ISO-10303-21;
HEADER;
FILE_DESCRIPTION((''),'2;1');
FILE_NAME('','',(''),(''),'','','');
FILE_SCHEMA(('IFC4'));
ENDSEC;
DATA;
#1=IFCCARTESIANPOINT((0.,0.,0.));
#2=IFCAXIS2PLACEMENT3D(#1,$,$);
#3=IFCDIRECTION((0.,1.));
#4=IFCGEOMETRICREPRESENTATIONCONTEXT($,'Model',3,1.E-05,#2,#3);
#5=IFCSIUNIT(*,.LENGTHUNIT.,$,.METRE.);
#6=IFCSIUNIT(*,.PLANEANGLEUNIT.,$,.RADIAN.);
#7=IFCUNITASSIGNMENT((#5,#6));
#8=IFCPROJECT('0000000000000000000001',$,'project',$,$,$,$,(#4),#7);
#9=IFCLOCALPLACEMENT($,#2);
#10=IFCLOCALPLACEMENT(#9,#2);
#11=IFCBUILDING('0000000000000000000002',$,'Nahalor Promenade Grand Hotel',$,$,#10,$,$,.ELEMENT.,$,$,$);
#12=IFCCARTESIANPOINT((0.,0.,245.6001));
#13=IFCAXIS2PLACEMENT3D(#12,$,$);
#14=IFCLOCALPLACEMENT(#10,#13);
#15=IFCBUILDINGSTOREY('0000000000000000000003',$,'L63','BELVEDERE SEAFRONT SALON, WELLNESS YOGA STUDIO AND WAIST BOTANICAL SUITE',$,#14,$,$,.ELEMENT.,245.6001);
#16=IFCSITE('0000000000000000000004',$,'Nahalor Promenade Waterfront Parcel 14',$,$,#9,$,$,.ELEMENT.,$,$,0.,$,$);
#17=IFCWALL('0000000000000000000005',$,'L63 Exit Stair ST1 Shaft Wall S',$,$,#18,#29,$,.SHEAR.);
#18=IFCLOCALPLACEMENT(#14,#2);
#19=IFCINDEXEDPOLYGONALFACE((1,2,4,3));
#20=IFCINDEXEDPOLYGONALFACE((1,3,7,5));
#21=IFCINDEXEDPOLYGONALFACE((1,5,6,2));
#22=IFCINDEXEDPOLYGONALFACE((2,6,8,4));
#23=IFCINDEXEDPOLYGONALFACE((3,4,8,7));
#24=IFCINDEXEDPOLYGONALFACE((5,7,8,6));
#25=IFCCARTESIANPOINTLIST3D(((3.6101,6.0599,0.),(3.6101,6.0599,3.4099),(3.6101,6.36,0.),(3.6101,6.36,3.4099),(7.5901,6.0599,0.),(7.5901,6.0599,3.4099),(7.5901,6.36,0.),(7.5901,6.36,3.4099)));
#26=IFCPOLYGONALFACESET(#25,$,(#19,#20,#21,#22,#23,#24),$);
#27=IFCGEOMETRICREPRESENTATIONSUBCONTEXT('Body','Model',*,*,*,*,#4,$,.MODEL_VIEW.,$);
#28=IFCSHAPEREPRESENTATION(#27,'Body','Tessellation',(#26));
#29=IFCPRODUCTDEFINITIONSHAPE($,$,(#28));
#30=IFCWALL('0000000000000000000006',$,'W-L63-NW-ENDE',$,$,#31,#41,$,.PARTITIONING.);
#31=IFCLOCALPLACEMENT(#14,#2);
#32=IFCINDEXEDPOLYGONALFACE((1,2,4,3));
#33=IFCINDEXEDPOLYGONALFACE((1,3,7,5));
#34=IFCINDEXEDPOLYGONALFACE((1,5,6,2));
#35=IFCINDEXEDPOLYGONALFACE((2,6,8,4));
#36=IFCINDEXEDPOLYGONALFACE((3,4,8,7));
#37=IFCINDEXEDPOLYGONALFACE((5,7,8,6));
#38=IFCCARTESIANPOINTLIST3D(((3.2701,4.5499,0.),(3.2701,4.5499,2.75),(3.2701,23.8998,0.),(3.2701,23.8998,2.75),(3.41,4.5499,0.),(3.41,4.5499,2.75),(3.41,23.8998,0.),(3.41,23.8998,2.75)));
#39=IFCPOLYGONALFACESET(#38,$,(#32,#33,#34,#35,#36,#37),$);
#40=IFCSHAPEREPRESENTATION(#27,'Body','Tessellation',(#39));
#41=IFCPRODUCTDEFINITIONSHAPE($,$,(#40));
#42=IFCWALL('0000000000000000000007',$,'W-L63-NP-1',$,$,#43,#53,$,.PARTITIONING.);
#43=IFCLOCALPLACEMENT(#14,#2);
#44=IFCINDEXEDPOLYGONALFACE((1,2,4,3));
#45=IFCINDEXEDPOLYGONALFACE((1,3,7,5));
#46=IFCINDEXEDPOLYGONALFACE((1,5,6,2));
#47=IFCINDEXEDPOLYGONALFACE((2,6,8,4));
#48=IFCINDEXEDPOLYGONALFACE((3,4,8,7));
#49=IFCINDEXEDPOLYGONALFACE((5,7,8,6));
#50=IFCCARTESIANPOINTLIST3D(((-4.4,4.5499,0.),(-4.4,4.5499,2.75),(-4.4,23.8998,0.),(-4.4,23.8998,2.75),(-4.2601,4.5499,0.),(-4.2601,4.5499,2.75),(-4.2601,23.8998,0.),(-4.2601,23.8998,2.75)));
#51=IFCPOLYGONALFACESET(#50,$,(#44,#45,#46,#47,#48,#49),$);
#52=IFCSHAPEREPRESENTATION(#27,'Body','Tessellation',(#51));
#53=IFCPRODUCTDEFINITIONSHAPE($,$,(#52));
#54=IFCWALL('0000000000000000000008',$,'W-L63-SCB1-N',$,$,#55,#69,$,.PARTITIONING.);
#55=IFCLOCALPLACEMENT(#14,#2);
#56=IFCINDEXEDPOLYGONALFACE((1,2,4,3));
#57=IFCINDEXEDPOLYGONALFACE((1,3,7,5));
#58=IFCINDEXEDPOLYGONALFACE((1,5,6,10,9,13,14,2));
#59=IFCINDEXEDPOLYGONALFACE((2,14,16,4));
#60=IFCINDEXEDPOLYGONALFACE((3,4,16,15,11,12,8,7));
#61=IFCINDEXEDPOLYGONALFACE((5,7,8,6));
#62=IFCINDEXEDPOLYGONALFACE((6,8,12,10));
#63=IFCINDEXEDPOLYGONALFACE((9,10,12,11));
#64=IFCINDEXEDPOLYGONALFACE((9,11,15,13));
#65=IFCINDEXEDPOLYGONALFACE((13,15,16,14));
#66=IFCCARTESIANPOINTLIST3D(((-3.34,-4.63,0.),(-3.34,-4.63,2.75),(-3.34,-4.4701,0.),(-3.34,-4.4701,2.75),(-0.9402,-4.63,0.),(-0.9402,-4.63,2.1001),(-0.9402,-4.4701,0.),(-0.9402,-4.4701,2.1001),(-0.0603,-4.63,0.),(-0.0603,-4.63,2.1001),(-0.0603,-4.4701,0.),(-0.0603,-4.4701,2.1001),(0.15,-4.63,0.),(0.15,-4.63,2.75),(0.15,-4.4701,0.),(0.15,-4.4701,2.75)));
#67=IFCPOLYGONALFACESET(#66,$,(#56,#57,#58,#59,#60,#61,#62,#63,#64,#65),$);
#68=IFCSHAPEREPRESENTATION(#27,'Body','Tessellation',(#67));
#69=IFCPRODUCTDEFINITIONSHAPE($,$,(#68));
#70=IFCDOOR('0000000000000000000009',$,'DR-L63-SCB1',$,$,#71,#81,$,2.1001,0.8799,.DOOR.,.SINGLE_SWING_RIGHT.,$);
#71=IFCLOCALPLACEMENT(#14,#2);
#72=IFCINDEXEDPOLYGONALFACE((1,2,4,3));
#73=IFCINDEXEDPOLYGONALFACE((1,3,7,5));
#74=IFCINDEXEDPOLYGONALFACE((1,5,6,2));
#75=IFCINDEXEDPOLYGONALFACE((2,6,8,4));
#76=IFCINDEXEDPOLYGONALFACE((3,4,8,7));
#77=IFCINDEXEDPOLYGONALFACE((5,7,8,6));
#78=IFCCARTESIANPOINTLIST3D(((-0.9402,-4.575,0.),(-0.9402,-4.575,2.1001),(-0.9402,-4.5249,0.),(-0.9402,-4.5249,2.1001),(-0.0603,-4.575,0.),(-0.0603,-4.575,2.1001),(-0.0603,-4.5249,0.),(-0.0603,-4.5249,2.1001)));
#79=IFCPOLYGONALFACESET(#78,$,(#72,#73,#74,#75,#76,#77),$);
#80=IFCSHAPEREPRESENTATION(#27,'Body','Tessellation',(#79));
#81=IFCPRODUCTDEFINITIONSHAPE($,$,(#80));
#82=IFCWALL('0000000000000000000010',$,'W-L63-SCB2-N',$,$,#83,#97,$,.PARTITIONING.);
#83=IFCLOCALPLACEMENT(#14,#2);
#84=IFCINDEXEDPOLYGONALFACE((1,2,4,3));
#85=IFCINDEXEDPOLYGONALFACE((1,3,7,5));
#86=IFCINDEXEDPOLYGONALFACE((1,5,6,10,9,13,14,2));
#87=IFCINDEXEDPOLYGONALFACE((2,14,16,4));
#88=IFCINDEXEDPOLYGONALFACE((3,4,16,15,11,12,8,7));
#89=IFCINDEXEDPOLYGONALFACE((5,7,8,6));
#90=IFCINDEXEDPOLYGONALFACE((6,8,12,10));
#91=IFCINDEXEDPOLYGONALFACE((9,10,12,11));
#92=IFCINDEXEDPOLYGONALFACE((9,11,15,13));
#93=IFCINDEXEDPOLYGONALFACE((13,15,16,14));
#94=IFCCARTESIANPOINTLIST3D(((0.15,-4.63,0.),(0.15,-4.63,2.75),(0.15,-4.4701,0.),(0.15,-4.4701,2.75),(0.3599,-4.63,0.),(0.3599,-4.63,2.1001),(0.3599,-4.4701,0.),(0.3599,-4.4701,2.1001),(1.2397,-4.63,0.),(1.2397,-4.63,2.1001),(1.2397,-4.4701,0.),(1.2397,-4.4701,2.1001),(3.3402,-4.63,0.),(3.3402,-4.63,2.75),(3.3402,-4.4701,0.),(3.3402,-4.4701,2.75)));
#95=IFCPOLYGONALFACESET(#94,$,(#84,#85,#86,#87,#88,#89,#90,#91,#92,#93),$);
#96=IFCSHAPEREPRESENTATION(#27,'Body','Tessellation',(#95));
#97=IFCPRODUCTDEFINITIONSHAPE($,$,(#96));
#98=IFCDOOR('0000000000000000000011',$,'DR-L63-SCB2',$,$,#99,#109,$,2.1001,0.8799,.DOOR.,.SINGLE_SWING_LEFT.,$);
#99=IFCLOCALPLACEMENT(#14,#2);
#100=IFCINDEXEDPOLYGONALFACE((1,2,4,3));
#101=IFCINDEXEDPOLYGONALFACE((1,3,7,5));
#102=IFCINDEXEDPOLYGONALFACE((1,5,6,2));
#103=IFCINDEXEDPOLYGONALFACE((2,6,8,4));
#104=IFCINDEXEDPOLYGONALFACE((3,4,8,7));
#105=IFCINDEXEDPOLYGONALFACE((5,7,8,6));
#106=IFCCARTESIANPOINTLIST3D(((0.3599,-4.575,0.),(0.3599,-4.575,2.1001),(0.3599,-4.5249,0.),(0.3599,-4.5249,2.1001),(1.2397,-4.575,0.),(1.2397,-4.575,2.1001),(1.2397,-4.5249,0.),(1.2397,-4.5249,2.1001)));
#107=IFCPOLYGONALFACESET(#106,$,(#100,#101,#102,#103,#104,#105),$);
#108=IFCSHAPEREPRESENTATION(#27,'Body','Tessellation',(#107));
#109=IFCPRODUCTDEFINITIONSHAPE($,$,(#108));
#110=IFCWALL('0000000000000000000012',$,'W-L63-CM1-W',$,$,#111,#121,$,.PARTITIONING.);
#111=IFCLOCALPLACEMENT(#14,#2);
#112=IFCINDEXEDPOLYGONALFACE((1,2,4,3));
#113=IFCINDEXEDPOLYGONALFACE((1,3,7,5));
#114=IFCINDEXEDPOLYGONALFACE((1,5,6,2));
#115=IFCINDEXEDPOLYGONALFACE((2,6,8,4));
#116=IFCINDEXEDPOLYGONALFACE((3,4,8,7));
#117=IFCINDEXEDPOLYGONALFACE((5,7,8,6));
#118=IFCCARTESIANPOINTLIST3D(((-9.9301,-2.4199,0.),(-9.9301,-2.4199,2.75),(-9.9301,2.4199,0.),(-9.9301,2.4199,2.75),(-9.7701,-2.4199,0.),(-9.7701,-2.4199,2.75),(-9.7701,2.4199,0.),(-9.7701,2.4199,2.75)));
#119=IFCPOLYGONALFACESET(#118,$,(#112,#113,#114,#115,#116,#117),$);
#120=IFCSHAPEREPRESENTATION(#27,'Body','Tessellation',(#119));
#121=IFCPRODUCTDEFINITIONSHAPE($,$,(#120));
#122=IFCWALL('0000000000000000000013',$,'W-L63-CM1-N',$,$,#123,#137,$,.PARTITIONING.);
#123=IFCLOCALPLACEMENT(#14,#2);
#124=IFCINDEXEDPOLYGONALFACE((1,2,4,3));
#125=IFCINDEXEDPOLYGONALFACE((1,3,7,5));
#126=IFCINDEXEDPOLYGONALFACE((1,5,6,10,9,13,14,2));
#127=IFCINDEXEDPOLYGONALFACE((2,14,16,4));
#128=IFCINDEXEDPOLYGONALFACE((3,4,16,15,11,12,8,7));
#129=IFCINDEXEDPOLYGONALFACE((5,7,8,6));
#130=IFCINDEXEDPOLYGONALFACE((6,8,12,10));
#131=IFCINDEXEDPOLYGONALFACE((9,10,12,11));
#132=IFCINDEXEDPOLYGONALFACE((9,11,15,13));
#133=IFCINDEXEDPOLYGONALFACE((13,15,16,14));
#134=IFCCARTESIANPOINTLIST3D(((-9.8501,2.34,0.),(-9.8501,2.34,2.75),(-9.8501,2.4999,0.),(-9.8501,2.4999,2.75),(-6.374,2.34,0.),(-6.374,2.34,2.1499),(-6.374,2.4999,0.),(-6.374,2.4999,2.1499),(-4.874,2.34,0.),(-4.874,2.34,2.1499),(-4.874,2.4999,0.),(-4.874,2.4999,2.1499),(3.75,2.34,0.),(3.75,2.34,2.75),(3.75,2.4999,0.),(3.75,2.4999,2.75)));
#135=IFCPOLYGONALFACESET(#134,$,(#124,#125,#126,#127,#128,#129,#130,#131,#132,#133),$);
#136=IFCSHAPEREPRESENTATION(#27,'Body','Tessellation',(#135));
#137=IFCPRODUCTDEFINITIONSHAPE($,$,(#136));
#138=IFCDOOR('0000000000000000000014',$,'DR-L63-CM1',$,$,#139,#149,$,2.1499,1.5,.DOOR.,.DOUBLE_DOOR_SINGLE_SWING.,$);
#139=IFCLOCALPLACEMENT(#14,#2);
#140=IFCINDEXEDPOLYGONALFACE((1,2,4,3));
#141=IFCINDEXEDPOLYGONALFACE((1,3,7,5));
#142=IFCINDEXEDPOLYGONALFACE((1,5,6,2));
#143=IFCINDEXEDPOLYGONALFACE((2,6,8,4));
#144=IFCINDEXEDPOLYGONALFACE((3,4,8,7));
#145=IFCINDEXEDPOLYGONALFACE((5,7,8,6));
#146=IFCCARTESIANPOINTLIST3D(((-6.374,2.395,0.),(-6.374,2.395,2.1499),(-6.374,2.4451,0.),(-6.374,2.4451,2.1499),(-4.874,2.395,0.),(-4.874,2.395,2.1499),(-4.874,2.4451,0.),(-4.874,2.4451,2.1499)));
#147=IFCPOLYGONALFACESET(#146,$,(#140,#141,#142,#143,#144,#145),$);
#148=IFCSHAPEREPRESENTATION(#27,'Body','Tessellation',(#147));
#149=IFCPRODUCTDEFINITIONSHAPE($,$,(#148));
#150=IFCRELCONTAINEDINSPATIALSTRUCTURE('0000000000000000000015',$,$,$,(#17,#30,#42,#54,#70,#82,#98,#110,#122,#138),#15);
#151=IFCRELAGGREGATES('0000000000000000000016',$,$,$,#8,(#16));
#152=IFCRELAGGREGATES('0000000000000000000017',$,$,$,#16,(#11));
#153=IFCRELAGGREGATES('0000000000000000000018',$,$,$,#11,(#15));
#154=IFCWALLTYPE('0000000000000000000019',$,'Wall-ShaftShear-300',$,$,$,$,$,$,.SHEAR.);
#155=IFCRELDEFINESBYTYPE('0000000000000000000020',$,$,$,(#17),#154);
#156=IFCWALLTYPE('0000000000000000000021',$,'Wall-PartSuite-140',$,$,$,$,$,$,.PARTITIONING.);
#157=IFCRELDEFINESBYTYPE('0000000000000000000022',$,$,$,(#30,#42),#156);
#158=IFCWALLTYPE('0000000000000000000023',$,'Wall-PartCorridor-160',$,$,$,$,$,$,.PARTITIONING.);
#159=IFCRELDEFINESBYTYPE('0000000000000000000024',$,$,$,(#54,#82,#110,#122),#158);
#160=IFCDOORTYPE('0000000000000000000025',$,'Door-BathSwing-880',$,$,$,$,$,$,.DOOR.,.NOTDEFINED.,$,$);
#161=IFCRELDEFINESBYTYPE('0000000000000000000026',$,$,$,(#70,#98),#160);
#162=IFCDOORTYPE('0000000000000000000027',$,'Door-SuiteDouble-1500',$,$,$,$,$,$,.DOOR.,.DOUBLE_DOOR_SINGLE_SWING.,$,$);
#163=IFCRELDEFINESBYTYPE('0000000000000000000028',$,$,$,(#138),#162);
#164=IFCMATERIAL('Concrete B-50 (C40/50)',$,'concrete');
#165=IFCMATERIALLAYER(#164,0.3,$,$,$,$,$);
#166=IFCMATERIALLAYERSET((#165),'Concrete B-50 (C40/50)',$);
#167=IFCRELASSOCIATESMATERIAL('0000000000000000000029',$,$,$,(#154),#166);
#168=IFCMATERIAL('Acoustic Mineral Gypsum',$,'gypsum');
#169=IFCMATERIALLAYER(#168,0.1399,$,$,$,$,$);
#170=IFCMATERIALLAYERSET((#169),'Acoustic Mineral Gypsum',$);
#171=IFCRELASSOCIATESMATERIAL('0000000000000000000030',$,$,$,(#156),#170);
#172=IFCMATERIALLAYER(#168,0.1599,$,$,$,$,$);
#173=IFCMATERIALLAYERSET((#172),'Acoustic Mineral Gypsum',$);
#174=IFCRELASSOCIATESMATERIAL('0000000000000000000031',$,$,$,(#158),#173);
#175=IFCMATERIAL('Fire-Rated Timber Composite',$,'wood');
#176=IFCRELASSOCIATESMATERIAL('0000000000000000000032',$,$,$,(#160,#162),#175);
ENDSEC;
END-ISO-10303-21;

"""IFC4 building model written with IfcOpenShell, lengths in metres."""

from ifc_helpers import new_model, si_unit, direction, frame, frame_2d, origin, place, context, subcontext, project, spatial, rectangle, extrude, source, transform, mapped, material, layer, layer_set, type_object, element, fill, save


model = new_model("IFC4")

# Units and contexts
model_context = context("Model", 3, precision=1e-05, world=origin(), true_north=direction((0.0, 1.0)))
body_context = subcontext(model_context, "Body", "Model", "MODEL_VIEW")
ifc_project = project(units=[si_unit("LENGTHUNIT", "METRE"), si_unit("PLANEANGLEUNIT", "RADIAN")], contexts=[model_context])

# Site, building, storey
site_placement = place(None, origin())
site = spatial("IfcSite", under=ifc_project, at=site_placement, Name="Nahalor Promenade Waterfront Parcel 14", CompositionType="ELEMENT", RefElevation=0.0)
building_placement = place(site_placement, origin())
building = spatial("IfcBuilding", under=site, at=building_placement, Name="Nahalor Promenade Grand Hotel", CompositionType="ELEMENT")
storey_placement = place(building_placement, frame((0.0, 0.0, 245.6001)))
storey = spatial("IfcBuildingStorey", under=building, at=storey_placement, Name="L63", Description="BELVEDERE SEAFRONT SALON, WELLNESS YOGA STUDIO AND WAIST BOTANICAL SUITE", CompositionType="ELEMENT", Elevation=245.6001)

# Shared definitions
ifc_material_1 = material(Name="Concrete B-50 (C40/50)", Category="concrete")

# Walls
ifc_layer_1 = layer(ifc_material_1, 0.3)
ifc_layer_set_1 = layer_set([ifc_layer_1], Name="Concrete B-50 (C40/50)")
wall_type_1 = type_object("IfcWallType", Name="Wall-ShaftShear-300", PredefinedType="SHEAR", material=ifc_layer_set_1)
shared_shape_1 = source(origin(), body_context, "Body", "SweptSolid", [
    extrude(rectangle(XDim=3.98, YDim=0.3, at=frame_2d((1.99, 0.0))), origin(), (0.0, 0.0, 1.0), 3.4099),
])
wall_1_placement = place(storey_placement, frame((3.6101, 6.21, 0.0), z_axis=(0.0, 0.0, 1.0), x_axis=(1.0, 0.0, 0.0)))
element("IfcWall", 1, at=wall_1_placement, inside=storey, type_object=wall_type_1, Name="L63 Exit Stair ST1 Shaft Wall S", PredefinedType="SHEAR", context=body_context, shape_type="MappedRepresentation", body=[
    mapped(shared_shape_1, transform((0.0, 0.0, 0.0), scale=1.0)),
])
ifc_material_2 = material(Name="Acoustic Mineral Gypsum", Category="gypsum")
ifc_layer_2 = layer(ifc_material_2, 0.1399)
ifc_layer_set_2 = layer_set([ifc_layer_2], Name="Acoustic Mineral Gypsum")
wall_type_2 = type_object("IfcWallType", Name="Wall-PartSuite-140", PredefinedType="PARTITIONING", material=ifc_layer_set_2)
shared_shape_2 = source(origin(), body_context, "Body", "SweptSolid", [
    extrude(rectangle(XDim=19.3499, YDim=0.1399, at=frame_2d((9.6748, 0.0))), origin(), (0.0, 0.0, 1.0), 2.75),
])
for number, where, z_axis, x_axis, name in (
    (2, (3.3401, 4.55, 0.0), (0.0, 0.0, 1.0), (0.0, 1.0, 0.0), "W-L63-NW-ENDE"),
    (3, (-4.3301, 4.55, 0.0), (0.0, 0.0, 1.0), (0.0, 1.0, 0.0), "W-L63-NP-1"),
):
    element("IfcWall", number, at=place(storey_placement, frame(where, z_axis=z_axis, x_axis=x_axis)), inside=storey, type_object=wall_type_2, Name=name, PredefinedType="PARTITIONING", context=body_context, shape_type="MappedRepresentation", body=[
        mapped(shared_shape_2, transform((0.0, 0.0, 0.0), scale=1.0)),
    ])

# Walls, openings, doors
ifc_layer_3 = layer(ifc_material_2, 0.1599)
ifc_layer_set_3 = layer_set([ifc_layer_3], Name="Acoustic Mineral Gypsum")
wall_type_3 = type_object("IfcWallType", Name="Wall-PartCorridor-160", PredefinedType="PARTITIONING", material=ifc_layer_set_3)
shared_shape_3 = source(origin(), body_context, "Body", "SweptSolid", [
    extrude(rectangle(XDim=3.49, YDim=0.1599, at=frame_2d((1.7451, 0.0))), origin(), (0.0, 0.0, 1.0), 2.75),
])
wall_2_placement = place(storey_placement, frame((-3.3401, -4.55, 0.0), z_axis=(0.0, 0.0, 1.0), x_axis=(1.0, 0.0, 0.0)))
wall_2 = element("IfcWall", 4, at=wall_2_placement, inside=storey, type_object=wall_type_3, Name="W-L63-SCB1-N", PredefinedType="PARTITIONING", context=body_context, shape_type="MappedRepresentation", body=[
    mapped(shared_shape_3, transform((0.0, 0.0, 0.0), scale=1.0)),
])
opening_1_placement = place(wall_2_placement, frame((2.3999, 0.0, 0.0)))
opening_1 = element("IfcOpeningElement", 5, at=opening_1_placement, cuts=wall_2, PredefinedType="OPENING", context=body_context, shape_type="SweptSolid", body=[
    extrude(rectangle(XDim=0.8799, YDim=2.1001, at=frame_2d((0.4399, 1.05))), frame((0.0, 0.0898, 0.0), z_axis=(0.0, -1.0, 0.0), x_axis=(1.0, 0.0, 0.0)), (0.0, 0.0, 1.0), 0.1799),
])
ifc_material_3 = material(Name="Fire-Rated Timber Composite", Category="wood")
door_type_1 = type_object("IfcDoorType", Name="Door-BathSwing-880", OperationType="NOTDEFINED", PredefinedType="DOOR", material=ifc_material_3)
shared_shape_4 = source(origin(), body_context, "Body", "SweptSolid", [
    extrude(rectangle(XDim=0.8799, YDim=2.1001, at=frame_2d((0.4399, 1.05))), frame((0.0, 0.0249, 0.0), z_axis=(0.0, -1.0, 0.0), x_axis=(1.0, 0.0, 0.0)), (0.0, 0.0, 1.0), 0.05),
])
door_1_placement = place(opening_1_placement, frame((0.8799, 0.0, 0.0), z_axis=(0.0, 0.0, 1.0), x_axis=(-1.0, 0.0, 0.0)))
door_1 = element("IfcDoor", 6, at=door_1_placement, inside=storey, type_object=door_type_1, Name="DR-L63-SCB1", OperationType="SINGLE_SWING_RIGHT", OverallHeight=2.1001, OverallWidth=0.8799, PredefinedType="DOOR", context=body_context, shape_type="MappedRepresentation", body=[
    mapped(shared_shape_4, transform((0.0, 0.0, 0.0), scale=1.0)),
])
fill(opening_1, door_1)
shared_shape_5 = source(origin(), body_context, "Body", "SweptSolid", [
    extrude(rectangle(XDim=3.1902, YDim=0.1599, at=frame_2d((1.5952, 0.0))), origin(), (0.0, 0.0, 1.0), 2.75),
])
wall_3_placement = place(storey_placement, frame((0.1499, -4.55, 0.0), z_axis=(0.0, 0.0, 1.0), x_axis=(1.0, 0.0, 0.0)))
wall_3 = element("IfcWall", 7, at=wall_3_placement, inside=storey, type_object=wall_type_3, Name="W-L63-SCB2-N", PredefinedType="PARTITIONING", context=body_context, shape_type="MappedRepresentation", body=[
    mapped(shared_shape_5, transform((0.0, 0.0, 0.0), scale=1.0)),
])
opening_2_placement = place(wall_3_placement, frame((0.21, 0.0, 0.0)))
opening_2 = element("IfcOpeningElement", 8, at=opening_2_placement, cuts=wall_3, PredefinedType="OPENING", context=body_context, shape_type="SweptSolid", body=[
    extrude(rectangle(XDim=0.8799, YDim=2.1001, at=frame_2d((0.4399, 1.05))), frame((0.0, 0.0898, 0.0), z_axis=(0.0, -1.0, 0.0), x_axis=(1.0, 0.0, 0.0)), (0.0, 0.0, 1.0), 0.1799),
])
door_2_placement = place(opening_2_placement, frame((0.8799, 0.0, 0.0), z_axis=(0.0, 0.0, 1.0), x_axis=(-1.0, 0.0, 0.0)))
door_2 = element("IfcDoor", 9, at=door_2_placement, inside=storey, type_object=door_type_1, Name="DR-L63-SCB2", OperationType="SINGLE_SWING_LEFT", OverallHeight=2.1001, OverallWidth=0.8799, PredefinedType="DOOR", context=body_context, shape_type="MappedRepresentation", body=[
    mapped(shared_shape_4, transform((0.0, 0.0, 0.0), scale=1.0)),
])
fill(opening_2, door_2)

# Wall
shared_shape_6 = source(origin(), body_context, "Body", "SweptSolid", [
    extrude(rectangle(XDim=4.8398, YDim=0.1599, at=frame_2d((2.4199, 0.0))), origin(), (0.0, 0.0, 1.0), 2.75),
])
wall_4_placement = place(storey_placement, frame((-9.8501, -2.4199, 0.0), z_axis=(0.0, 0.0, 1.0), x_axis=(0.0, 1.0, 0.0)))
element("IfcWall", 10, at=wall_4_placement, inside=storey, type_object=wall_type_3, Name="W-L63-CM1-W", PredefinedType="PARTITIONING", context=body_context, shape_type="MappedRepresentation", body=[
    mapped(shared_shape_6, transform((0.0, 0.0, 0.0), scale=1.0)),
])

# Wall, opening, door
shared_shape_7 = source(origin(), body_context, "Body", "SweptSolid", [
    extrude(rectangle(XDim=13.6001, YDim=0.1599, at=frame_2d((6.8, 0.0))), origin(), (0.0, 0.0, 1.0), 2.75),
])
wall_5_placement = place(storey_placement, frame((-9.8501, 2.4199, 0.0), z_axis=(0.0, 0.0, 1.0), x_axis=(1.0, 0.0, 0.0)))
wall_5 = element("IfcWall", 11, at=wall_5_placement, inside=storey, type_object=wall_type_3, Name="W-L63-CM1-N", PredefinedType="PARTITIONING", context=body_context, shape_type="MappedRepresentation", body=[
    mapped(shared_shape_7, transform((0.0, 0.0, 0.0), scale=1.0)),
])
opening_3_placement = place(wall_5_placement, frame((3.4761, 0.0, 0.0)))
opening_3 = element("IfcOpeningElement", 12, at=opening_3_placement, cuts=wall_5, PredefinedType="OPENING", context=body_context, shape_type="SweptSolid", body=[
    extrude(rectangle(XDim=1.5, YDim=2.1499, at=frame_2d((0.75, 1.075))), frame((0.0, 0.0898, 0.0), z_axis=(0.0, -1.0, 0.0), x_axis=(1.0, 0.0, 0.0)), (0.0, 0.0, 1.0), 0.1799),
])
door_type_2 = type_object("IfcDoorType", Name="Door-SuiteDouble-1500", OperationType="DOUBLE_DOOR_SINGLE_SWING", PredefinedType="DOOR", material=ifc_material_3)
shared_shape_8 = source(origin(), body_context, "Body", "SweptSolid", [
    extrude(rectangle(XDim=1.5, YDim=2.1499, at=frame_2d((0.75, 1.075))), frame((0.0, 0.0249, 0.0), z_axis=(0.0, -1.0, 0.0), x_axis=(1.0, 0.0, 0.0)), (0.0, 0.0, 1.0), 0.05),
])
door_3_placement = place(opening_3_placement, frame((1.5, 0.0, 0.0), z_axis=(0.0, 0.0, 1.0), x_axis=(-1.0, 0.0, 0.0)))
door_3 = element("IfcDoor", 13, at=door_3_placement, inside=storey, type_object=door_type_2, Name="DR-L63-CM1", OperationType="DOUBLE_DOOR_SINGLE_SWING", OverallHeight=2.1499, OverallWidth=1.5, PredefinedType="DOOR", context=body_context, shape_type="MappedRepresentation", body=[
    mapped(shared_shape_8, transform((0.0, 0.0, 0.0), scale=1.0)),
])
fill(opening_3, door_3)

save(model, "model.ifc")
